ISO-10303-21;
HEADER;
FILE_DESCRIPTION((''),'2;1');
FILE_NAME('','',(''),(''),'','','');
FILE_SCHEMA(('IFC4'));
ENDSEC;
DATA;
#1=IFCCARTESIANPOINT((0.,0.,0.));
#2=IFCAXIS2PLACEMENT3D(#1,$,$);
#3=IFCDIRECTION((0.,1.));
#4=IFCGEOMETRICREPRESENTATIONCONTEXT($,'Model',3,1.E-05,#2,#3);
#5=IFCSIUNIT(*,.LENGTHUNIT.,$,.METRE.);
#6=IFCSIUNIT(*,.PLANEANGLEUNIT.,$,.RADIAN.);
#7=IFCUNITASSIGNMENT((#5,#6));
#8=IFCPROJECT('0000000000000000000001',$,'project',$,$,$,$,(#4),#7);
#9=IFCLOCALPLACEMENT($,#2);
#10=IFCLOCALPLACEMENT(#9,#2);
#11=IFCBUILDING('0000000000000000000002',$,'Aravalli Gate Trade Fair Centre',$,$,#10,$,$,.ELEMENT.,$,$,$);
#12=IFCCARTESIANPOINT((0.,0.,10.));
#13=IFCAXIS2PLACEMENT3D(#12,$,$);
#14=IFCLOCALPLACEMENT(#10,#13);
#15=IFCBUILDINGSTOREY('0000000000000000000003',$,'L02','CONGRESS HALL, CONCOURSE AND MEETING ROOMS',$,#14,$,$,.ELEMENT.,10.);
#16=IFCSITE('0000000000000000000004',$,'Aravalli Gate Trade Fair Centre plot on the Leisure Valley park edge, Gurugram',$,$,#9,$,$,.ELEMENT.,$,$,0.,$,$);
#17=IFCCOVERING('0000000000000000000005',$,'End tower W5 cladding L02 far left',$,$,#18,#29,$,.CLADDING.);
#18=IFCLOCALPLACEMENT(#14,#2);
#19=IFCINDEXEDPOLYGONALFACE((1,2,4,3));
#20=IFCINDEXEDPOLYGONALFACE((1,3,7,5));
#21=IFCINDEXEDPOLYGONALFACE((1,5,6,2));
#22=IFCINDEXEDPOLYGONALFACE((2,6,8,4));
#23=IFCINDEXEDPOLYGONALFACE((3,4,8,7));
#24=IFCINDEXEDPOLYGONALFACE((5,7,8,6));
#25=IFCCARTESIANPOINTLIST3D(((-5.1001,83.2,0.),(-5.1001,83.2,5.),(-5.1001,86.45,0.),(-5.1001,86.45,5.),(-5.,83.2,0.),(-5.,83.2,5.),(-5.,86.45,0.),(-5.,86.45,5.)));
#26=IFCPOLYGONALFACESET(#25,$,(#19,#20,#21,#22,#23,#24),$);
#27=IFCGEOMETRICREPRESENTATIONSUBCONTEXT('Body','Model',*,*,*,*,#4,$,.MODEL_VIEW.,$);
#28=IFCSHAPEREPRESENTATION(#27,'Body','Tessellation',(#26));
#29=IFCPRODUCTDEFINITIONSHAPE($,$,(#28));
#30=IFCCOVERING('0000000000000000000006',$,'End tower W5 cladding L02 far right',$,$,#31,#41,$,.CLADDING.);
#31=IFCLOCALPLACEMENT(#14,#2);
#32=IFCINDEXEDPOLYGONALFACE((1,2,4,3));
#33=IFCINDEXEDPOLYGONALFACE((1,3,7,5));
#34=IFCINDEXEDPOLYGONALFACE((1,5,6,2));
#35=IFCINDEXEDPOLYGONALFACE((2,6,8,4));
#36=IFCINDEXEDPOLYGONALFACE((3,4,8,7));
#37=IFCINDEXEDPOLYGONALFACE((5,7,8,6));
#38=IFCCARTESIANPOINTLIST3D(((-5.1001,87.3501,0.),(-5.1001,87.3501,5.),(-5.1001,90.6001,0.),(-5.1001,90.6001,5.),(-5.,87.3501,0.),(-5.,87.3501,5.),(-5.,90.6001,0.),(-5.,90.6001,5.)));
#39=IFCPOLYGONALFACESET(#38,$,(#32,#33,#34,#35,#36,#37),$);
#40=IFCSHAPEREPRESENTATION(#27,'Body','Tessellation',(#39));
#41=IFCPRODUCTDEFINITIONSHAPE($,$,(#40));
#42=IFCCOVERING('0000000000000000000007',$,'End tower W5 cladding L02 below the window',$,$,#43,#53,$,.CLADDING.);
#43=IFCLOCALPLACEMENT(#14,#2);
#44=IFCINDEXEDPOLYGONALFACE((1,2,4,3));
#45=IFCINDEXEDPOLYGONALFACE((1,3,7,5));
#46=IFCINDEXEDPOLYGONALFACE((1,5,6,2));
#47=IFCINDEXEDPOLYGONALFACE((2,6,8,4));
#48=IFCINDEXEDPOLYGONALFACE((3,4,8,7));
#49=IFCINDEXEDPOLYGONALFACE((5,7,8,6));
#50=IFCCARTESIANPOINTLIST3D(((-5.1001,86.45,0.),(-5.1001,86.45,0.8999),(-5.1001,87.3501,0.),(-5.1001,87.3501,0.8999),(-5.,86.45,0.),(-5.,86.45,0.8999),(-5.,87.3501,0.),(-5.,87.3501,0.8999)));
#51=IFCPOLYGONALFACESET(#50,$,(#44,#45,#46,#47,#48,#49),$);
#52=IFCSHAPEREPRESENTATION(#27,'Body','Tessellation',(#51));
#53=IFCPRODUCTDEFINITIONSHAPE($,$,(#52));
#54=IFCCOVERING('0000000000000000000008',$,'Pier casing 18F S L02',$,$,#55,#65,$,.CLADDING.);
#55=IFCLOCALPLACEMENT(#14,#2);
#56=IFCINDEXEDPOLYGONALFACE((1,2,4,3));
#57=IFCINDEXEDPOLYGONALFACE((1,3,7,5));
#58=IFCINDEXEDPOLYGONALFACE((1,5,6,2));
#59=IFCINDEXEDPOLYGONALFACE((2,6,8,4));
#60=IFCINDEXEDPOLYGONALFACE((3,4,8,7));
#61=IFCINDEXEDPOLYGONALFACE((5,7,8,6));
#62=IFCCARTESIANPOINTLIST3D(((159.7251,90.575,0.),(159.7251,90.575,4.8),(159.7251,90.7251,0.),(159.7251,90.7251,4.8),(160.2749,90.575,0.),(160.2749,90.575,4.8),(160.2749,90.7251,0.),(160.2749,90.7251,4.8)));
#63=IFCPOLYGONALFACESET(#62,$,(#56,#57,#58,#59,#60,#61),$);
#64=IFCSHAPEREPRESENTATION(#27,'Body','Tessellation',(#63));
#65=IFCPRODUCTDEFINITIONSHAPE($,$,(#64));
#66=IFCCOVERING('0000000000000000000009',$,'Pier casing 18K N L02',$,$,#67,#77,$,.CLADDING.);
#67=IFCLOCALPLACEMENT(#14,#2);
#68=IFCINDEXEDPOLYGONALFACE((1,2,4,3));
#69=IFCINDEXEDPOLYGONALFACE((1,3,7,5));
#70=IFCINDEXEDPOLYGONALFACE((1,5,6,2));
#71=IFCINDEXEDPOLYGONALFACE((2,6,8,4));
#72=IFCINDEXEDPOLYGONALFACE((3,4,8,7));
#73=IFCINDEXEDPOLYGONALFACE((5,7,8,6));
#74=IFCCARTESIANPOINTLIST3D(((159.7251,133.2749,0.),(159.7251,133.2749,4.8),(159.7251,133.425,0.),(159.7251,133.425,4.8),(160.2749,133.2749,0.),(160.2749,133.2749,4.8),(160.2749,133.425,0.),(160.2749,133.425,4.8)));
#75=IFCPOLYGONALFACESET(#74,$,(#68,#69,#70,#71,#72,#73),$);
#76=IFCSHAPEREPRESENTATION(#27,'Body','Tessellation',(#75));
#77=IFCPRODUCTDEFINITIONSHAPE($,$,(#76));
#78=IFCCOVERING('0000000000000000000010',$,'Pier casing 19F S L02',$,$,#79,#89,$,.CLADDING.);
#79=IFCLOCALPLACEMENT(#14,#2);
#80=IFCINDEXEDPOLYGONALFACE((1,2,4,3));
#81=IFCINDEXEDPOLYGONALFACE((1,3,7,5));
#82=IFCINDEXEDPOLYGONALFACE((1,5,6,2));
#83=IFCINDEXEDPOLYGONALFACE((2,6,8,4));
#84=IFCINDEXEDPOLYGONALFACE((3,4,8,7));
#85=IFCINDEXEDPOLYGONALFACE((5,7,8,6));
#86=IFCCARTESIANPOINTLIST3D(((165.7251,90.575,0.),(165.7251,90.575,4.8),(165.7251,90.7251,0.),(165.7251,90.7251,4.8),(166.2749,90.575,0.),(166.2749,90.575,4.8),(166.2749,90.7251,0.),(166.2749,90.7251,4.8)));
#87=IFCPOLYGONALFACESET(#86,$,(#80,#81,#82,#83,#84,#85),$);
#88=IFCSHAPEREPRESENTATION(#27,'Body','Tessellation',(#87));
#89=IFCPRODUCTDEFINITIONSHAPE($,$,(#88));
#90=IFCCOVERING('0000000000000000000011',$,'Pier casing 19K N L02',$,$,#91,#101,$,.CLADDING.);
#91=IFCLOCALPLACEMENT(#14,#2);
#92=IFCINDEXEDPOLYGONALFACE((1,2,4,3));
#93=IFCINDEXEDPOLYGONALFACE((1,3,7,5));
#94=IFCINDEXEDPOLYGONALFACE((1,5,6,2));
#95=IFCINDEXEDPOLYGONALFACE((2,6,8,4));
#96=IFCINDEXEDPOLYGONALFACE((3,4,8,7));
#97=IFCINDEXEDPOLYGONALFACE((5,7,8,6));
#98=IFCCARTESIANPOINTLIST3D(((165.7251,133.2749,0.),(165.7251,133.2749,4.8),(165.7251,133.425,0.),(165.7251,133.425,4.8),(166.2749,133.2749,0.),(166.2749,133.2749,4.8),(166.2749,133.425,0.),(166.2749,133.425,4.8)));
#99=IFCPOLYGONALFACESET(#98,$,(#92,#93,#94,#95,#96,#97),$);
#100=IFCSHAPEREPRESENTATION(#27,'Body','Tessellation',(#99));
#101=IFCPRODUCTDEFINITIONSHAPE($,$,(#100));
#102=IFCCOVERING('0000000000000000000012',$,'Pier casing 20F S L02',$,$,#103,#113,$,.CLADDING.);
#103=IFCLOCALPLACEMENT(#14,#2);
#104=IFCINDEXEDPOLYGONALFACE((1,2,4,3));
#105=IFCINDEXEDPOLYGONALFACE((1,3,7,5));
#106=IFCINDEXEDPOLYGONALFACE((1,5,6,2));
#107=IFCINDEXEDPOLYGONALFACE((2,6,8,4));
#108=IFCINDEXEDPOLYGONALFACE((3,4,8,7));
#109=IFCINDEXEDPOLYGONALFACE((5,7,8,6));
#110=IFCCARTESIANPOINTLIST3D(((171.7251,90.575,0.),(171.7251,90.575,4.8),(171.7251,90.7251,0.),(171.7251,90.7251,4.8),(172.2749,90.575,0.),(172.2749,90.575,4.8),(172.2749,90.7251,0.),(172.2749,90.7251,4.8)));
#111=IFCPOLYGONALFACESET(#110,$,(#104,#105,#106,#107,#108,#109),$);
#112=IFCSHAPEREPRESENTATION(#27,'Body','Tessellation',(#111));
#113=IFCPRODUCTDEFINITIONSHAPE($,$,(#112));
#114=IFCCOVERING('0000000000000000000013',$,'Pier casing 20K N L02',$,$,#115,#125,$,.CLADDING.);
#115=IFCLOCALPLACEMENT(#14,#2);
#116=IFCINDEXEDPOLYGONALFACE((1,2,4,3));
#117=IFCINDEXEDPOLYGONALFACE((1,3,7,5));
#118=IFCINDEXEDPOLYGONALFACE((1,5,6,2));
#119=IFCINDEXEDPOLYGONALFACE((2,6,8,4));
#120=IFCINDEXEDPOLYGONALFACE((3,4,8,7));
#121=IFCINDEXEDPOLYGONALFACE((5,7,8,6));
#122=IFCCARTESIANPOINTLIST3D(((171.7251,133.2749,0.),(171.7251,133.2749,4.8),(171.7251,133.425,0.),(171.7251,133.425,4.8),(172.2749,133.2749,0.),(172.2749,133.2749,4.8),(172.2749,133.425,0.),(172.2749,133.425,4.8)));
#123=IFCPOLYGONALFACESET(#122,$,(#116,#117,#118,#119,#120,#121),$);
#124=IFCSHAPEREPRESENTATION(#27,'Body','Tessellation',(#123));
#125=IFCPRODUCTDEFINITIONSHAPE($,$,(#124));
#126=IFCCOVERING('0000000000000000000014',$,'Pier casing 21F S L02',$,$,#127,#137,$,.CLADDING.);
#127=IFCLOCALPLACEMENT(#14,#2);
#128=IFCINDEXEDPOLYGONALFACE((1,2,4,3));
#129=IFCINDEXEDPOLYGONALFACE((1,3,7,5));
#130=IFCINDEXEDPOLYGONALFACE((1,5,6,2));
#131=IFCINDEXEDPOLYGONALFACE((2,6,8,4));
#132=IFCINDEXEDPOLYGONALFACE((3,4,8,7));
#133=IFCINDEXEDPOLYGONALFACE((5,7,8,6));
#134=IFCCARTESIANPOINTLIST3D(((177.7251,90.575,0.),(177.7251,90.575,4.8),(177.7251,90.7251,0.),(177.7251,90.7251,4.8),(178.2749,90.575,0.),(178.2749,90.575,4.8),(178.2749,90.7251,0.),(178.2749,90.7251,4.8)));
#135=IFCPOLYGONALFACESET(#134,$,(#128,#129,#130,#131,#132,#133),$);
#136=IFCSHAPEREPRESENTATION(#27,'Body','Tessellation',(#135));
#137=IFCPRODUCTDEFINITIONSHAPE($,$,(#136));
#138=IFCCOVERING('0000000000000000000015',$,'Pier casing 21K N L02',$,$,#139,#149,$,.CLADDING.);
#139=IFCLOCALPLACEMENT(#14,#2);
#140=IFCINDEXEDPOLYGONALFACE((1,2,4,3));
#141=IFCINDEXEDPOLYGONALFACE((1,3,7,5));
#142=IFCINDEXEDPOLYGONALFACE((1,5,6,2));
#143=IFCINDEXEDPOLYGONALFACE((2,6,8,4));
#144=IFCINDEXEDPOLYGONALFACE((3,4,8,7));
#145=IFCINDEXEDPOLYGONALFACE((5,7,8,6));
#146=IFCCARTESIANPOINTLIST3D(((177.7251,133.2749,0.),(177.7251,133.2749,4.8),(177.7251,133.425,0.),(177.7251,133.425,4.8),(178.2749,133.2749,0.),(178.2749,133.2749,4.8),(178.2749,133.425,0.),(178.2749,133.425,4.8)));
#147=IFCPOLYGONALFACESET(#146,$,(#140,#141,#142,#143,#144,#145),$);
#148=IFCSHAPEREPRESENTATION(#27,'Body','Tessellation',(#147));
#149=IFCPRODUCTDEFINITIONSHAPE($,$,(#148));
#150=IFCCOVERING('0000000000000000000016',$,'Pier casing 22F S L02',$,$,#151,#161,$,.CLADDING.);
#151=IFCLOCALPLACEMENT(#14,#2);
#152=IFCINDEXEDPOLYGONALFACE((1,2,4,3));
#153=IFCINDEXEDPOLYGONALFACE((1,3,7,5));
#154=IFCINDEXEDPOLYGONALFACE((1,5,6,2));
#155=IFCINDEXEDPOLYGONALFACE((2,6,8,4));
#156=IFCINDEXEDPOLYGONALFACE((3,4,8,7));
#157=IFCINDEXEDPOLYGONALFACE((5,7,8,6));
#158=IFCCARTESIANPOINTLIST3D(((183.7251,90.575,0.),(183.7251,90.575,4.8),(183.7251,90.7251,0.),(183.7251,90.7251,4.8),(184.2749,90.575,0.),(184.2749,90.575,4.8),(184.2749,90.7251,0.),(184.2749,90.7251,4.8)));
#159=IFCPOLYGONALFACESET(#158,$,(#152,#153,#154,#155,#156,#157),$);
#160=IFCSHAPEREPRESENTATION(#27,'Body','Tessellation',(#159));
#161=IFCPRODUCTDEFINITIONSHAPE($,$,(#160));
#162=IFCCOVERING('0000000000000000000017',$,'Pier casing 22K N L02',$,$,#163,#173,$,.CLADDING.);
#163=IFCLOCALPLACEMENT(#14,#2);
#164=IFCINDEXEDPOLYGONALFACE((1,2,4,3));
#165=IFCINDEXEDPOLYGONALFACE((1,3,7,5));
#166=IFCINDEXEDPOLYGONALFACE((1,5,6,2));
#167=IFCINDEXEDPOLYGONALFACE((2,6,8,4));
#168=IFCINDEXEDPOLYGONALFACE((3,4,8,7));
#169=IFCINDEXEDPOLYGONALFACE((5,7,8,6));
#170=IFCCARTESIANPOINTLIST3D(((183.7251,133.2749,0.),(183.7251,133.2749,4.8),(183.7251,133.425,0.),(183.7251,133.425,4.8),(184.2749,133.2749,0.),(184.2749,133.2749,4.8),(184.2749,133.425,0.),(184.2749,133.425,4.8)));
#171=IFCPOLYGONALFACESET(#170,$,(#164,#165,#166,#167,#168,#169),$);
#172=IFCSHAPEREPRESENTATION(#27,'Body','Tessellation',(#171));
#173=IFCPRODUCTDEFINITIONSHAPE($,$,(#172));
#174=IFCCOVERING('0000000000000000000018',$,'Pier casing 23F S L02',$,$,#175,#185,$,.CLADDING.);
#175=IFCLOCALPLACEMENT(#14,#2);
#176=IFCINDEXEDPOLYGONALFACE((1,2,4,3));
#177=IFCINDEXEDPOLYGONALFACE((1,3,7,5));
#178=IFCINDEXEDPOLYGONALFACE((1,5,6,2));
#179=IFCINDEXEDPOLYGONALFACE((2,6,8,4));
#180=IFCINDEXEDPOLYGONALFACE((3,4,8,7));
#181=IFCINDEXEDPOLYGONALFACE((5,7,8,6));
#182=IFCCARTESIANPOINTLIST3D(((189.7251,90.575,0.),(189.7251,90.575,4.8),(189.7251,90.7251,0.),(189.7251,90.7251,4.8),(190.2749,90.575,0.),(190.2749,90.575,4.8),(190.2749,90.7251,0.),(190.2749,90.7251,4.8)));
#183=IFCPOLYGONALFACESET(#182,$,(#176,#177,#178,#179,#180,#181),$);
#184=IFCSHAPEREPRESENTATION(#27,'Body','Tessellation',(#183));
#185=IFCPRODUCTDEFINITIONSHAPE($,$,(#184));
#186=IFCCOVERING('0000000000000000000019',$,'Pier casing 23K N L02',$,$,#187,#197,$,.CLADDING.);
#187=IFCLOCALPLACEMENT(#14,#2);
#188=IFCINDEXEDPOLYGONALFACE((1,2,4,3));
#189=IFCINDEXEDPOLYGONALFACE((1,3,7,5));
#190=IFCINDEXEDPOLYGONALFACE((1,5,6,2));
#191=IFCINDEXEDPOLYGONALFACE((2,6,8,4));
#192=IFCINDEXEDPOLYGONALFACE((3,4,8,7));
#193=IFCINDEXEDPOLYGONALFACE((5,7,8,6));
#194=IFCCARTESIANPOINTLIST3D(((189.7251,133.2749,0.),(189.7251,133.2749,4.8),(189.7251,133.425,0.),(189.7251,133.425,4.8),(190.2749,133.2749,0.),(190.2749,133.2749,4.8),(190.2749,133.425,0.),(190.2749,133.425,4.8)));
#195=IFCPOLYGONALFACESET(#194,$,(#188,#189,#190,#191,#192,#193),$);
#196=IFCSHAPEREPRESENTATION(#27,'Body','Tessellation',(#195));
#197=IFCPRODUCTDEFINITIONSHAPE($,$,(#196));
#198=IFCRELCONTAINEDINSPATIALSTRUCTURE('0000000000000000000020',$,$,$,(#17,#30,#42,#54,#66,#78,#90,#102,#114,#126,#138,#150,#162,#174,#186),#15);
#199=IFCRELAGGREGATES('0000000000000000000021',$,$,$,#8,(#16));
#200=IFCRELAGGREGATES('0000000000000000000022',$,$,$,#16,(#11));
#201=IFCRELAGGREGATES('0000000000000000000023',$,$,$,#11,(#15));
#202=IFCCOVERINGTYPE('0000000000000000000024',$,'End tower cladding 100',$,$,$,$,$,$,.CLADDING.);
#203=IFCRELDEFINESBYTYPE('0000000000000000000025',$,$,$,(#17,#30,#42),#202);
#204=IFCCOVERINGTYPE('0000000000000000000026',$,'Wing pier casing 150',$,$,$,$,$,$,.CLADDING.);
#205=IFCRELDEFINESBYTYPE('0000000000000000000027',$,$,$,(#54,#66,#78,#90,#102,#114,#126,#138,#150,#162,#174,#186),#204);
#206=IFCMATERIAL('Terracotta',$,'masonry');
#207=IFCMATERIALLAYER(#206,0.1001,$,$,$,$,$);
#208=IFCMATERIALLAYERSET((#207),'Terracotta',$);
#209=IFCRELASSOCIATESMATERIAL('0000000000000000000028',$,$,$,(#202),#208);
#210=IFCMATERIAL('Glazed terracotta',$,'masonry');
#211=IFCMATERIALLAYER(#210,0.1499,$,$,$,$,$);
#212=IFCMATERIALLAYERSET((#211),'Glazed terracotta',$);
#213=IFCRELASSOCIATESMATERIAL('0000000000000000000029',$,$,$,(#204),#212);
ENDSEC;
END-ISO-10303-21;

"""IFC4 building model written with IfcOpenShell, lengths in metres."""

from ifc_helpers import new_model, si_unit, direction, frame, origin, place, context, subcontext, project, spatial, polyline, outline, extrude, material, layer, layer_set, type_object, element, save


model = new_model("IFC4")

# Units and contexts
model_context = context("Model", 3, precision=1e-05, world=origin(), true_north=direction((0.0, 1.0)))
body_context = subcontext(model_context, "Body", "Model", "MODEL_VIEW")
ifc_project = project(units=[si_unit("LENGTHUNIT", "METRE"), si_unit("PLANEANGLEUNIT", "RADIAN")], contexts=[model_context])

# Site, building, storey
site_placement = place(None, origin())
site = spatial("IfcSite", under=ifc_project, at=site_placement, Name="Aravalli Gate Trade Fair Centre plot on the Leisure Valley park edge, Gurugram", CompositionType="ELEMENT", RefElevation=0.0)
building_placement = place(site_placement, origin())
building = spatial("IfcBuilding", under=site, at=building_placement, Name="Aravalli Gate Trade Fair Centre", CompositionType="ELEMENT")
storey_placement = place(building_placement, frame((0.0, 0.0, 10.0)))
storey = spatial("IfcBuildingStorey", under=building, at=storey_placement, Name="L02", Description="CONGRESS HALL, CONCOURSE AND MEETING ROOMS", CompositionType="ELEMENT", Elevation=10.0)

# Coverings
ifc_material_1 = material(Name="Terracotta", Category="masonry")
ifc_layer_1 = layer(ifc_material_1, 0.1001)
ifc_layer_set_1 = layer_set([ifc_layer_1], Name="Terracotta")
covering_type_1 = type_object("IfcCoveringType", Name="End tower cladding 100", PredefinedType="CLADDING", material=ifc_layer_set_1)
covering_1_placement = place(storey_placement, origin())
element("IfcCovering", 1, at=covering_1_placement, inside=storey, type_object=covering_type_1, Name="End tower W5 cladding L02 far left", PredefinedType="CLADDING", context=body_context, shape_type="SweptSolid", body=[
    extrude(outline(polyline([(-5.0, 83.2), (-5.1001, 83.2), (-5.1001, 86.45), (-5.0, 86.45), (-5.0, 83.2)])), origin(), (0.0, 0.0, 1.0), 5.0),
])
covering_2_placement = place(storey_placement, origin())
element("IfcCovering", 2, at=covering_2_placement, inside=storey, type_object=covering_type_1, Name="End tower W5 cladding L02 far right", PredefinedType="CLADDING", context=body_context, shape_type="SweptSolid", body=[
    extrude(outline(polyline([(-5.0, 87.3501), (-5.1001, 87.3501), (-5.1001, 90.6001), (-5.0, 90.6001), (-5.0, 87.3501)])), origin(), (0.0, 0.0, 1.0), 5.0),
])
covering_3_placement = place(storey_placement, origin())
element("IfcCovering", 3, at=covering_3_placement, inside=storey, type_object=covering_type_1, Name="End tower W5 cladding L02 below the window", PredefinedType="CLADDING", context=body_context, shape_type="SweptSolid", body=[
    extrude(outline(polyline([(-5.0, 86.45), (-5.1001, 86.45), (-5.1001, 87.3501), (-5.0, 87.3501), (-5.0, 86.45)])), origin(), (0.0, 0.0, 1.0), 0.8999),
])
ifc_material_2 = material(Name="Glazed terracotta", Category="masonry")
ifc_layer_2 = layer(ifc_material_2, 0.1499)
ifc_layer_set_2 = layer_set([ifc_layer_2], Name="Glazed terracotta")
covering_type_2 = type_object("IfcCoveringType", Name="Wing pier casing 150", PredefinedType="CLADDING", material=ifc_layer_set_2)
covering_4_placement = place(storey_placement, origin())
element("IfcCovering", 4, at=covering_4_placement, inside=storey, type_object=covering_type_2, Name="Pier casing 18F S L02", PredefinedType="CLADDING", context=body_context, shape_type="SweptSolid", body=[
    extrude(outline(polyline([(159.7251, 90.575), (160.2749, 90.575), (160.2749, 90.7251), (159.7251, 90.7251), (159.7251, 90.575)])), origin(), (0.0, 0.0, 1.0), 4.8),
])
covering_5_placement = place(storey_placement, origin())
element("IfcCovering", 5, at=covering_5_placement, inside=storey, type_object=covering_type_2, Name="Pier casing 18K N L02", PredefinedType="CLADDING", context=body_context, shape_type="SweptSolid", body=[
    extrude(outline(polyline([(159.7251, 133.2749), (160.2749, 133.2749), (160.2749, 133.425), (159.7251, 133.425), (159.7251, 133.2749)])), origin(), (0.0, 0.0, 1.0), 4.8),
])
covering_6_placement = place(storey_placement, origin())
element("IfcCovering", 6, at=covering_6_placement, inside=storey, type_object=covering_type_2, Name="Pier casing 19F S L02", PredefinedType="CLADDING", context=body_context, shape_type="SweptSolid", body=[
    extrude(outline(polyline([(165.7251, 90.575), (166.2749, 90.575), (166.2749, 90.7251), (165.7251, 90.7251), (165.7251, 90.575)])), origin(), (0.0, 0.0, 1.0), 4.8),
])
covering_7_placement = place(storey_placement, origin())
element("IfcCovering", 7, at=covering_7_placement, inside=storey, type_object=covering_type_2, Name="Pier casing 19K N L02", PredefinedType="CLADDING", context=body_context, shape_type="SweptSolid", body=[
    extrude(outline(polyline([(165.7251, 133.2749), (166.2749, 133.2749), (166.2749, 133.425), (165.7251, 133.425), (165.7251, 133.2749)])), origin(), (0.0, 0.0, 1.0), 4.8),
])
covering_8_placement = place(storey_placement, origin())
element("IfcCovering", 8, at=covering_8_placement, inside=storey, type_object=covering_type_2, Name="Pier casing 20F S L02", PredefinedType="CLADDING", context=body_context, shape_type="SweptSolid", body=[
    extrude(outline(polyline([(171.7251, 90.575), (172.2749, 90.575), (172.2749, 90.7251), (171.7251, 90.7251), (171.7251, 90.575)])), origin(), (0.0, 0.0, 1.0), 4.8),
])
covering_9_placement = place(storey_placement, origin())
element("IfcCovering", 9, at=covering_9_placement, inside=storey, type_object=covering_type_2, Name="Pier casing 20K N L02", PredefinedType="CLADDING", context=body_context, shape_type="SweptSolid", body=[
    extrude(outline(polyline([(171.7251, 133.2749), (172.2749, 133.2749), (172.2749, 133.425), (171.7251, 133.425), (171.7251, 133.2749)])), origin(), (0.0, 0.0, 1.0), 4.8),
])
covering_10_placement = place(storey_placement, origin())
element("IfcCovering", 10, at=covering_10_placement, inside=storey, type_object=covering_type_2, Name="Pier casing 21F S L02", PredefinedType="CLADDING", context=body_context, shape_type="SweptSolid", body=[
    extrude(outline(polyline([(177.7251, 90.575), (178.2749, 90.575), (178.2749, 90.7251), (177.7251, 90.7251), (177.7251, 90.575)])), origin(), (0.0, 0.0, 1.0), 4.8),
])
covering_11_placement = place(storey_placement, origin())
element("IfcCovering", 11, at=covering_11_placement, inside=storey, type_object=covering_type_2, Name="Pier casing 21K N L02", PredefinedType="CLADDING", context=body_context, shape_type="SweptSolid", body=[
    extrude(outline(polyline([(177.7251, 133.2749), (178.2749, 133.2749), (178.2749, 133.425), (177.7251, 133.425), (177.7251, 133.2749)])), origin(), (0.0, 0.0, 1.0), 4.8),
])
covering_12_placement = place(storey_placement, origin())
element("IfcCovering", 12, at=covering_12_placement, inside=storey, type_object=covering_type_2, Name="Pier casing 22F S L02", PredefinedType="CLADDING", context=body_context, shape_type="SweptSolid", body=[
    extrude(outline(polyline([(183.7251, 90.575), (184.2749, 90.575), (184.2749, 90.7251), (183.7251, 90.7251), (183.7251, 90.575)])), origin(), (0.0, 0.0, 1.0), 4.8),
])
covering_13_placement = place(storey_placement, origin())
element("IfcCovering", 13, at=covering_13_placement, inside=storey, type_object=covering_type_2, Name="Pier casing 22K N L02", PredefinedType="CLADDING", context=body_context, shape_type="SweptSolid", body=[
    extrude(outline(polyline([(183.7251, 133.2749), (184.2749, 133.2749), (184.2749, 133.425), (183.7251, 133.425), (183.7251, 133.2749)])), origin(), (0.0, 0.0, 1.0), 4.8),
])
covering_14_placement = place(storey_placement, origin())
element("IfcCovering", 14, at=covering_14_placement, inside=storey, type_object=covering_type_2, Name="Pier casing 23F S L02", PredefinedType="CLADDING", context=body_context, shape_type="SweptSolid", body=[
    extrude(outline(polyline([(189.7251, 90.575), (190.2749, 90.575), (190.2749, 90.7251), (189.7251, 90.7251), (189.7251, 90.575)])), origin(), (0.0, 0.0, 1.0), 4.8),
])
covering_15_placement = place(storey_placement, origin())
element("IfcCovering", 15, at=covering_15_placement, inside=storey, type_object=covering_type_2, Name="Pier casing 23K N L02", PredefinedType="CLADDING", context=body_context, shape_type="SweptSolid", body=[
    extrude(outline(polyline([(189.7251, 133.2749), (190.2749, 133.2749), (190.2749, 133.425), (189.7251, 133.425), (189.7251, 133.2749)])), origin(), (0.0, 0.0, 1.0), 4.8),
])

save(model, "model.ifc")
